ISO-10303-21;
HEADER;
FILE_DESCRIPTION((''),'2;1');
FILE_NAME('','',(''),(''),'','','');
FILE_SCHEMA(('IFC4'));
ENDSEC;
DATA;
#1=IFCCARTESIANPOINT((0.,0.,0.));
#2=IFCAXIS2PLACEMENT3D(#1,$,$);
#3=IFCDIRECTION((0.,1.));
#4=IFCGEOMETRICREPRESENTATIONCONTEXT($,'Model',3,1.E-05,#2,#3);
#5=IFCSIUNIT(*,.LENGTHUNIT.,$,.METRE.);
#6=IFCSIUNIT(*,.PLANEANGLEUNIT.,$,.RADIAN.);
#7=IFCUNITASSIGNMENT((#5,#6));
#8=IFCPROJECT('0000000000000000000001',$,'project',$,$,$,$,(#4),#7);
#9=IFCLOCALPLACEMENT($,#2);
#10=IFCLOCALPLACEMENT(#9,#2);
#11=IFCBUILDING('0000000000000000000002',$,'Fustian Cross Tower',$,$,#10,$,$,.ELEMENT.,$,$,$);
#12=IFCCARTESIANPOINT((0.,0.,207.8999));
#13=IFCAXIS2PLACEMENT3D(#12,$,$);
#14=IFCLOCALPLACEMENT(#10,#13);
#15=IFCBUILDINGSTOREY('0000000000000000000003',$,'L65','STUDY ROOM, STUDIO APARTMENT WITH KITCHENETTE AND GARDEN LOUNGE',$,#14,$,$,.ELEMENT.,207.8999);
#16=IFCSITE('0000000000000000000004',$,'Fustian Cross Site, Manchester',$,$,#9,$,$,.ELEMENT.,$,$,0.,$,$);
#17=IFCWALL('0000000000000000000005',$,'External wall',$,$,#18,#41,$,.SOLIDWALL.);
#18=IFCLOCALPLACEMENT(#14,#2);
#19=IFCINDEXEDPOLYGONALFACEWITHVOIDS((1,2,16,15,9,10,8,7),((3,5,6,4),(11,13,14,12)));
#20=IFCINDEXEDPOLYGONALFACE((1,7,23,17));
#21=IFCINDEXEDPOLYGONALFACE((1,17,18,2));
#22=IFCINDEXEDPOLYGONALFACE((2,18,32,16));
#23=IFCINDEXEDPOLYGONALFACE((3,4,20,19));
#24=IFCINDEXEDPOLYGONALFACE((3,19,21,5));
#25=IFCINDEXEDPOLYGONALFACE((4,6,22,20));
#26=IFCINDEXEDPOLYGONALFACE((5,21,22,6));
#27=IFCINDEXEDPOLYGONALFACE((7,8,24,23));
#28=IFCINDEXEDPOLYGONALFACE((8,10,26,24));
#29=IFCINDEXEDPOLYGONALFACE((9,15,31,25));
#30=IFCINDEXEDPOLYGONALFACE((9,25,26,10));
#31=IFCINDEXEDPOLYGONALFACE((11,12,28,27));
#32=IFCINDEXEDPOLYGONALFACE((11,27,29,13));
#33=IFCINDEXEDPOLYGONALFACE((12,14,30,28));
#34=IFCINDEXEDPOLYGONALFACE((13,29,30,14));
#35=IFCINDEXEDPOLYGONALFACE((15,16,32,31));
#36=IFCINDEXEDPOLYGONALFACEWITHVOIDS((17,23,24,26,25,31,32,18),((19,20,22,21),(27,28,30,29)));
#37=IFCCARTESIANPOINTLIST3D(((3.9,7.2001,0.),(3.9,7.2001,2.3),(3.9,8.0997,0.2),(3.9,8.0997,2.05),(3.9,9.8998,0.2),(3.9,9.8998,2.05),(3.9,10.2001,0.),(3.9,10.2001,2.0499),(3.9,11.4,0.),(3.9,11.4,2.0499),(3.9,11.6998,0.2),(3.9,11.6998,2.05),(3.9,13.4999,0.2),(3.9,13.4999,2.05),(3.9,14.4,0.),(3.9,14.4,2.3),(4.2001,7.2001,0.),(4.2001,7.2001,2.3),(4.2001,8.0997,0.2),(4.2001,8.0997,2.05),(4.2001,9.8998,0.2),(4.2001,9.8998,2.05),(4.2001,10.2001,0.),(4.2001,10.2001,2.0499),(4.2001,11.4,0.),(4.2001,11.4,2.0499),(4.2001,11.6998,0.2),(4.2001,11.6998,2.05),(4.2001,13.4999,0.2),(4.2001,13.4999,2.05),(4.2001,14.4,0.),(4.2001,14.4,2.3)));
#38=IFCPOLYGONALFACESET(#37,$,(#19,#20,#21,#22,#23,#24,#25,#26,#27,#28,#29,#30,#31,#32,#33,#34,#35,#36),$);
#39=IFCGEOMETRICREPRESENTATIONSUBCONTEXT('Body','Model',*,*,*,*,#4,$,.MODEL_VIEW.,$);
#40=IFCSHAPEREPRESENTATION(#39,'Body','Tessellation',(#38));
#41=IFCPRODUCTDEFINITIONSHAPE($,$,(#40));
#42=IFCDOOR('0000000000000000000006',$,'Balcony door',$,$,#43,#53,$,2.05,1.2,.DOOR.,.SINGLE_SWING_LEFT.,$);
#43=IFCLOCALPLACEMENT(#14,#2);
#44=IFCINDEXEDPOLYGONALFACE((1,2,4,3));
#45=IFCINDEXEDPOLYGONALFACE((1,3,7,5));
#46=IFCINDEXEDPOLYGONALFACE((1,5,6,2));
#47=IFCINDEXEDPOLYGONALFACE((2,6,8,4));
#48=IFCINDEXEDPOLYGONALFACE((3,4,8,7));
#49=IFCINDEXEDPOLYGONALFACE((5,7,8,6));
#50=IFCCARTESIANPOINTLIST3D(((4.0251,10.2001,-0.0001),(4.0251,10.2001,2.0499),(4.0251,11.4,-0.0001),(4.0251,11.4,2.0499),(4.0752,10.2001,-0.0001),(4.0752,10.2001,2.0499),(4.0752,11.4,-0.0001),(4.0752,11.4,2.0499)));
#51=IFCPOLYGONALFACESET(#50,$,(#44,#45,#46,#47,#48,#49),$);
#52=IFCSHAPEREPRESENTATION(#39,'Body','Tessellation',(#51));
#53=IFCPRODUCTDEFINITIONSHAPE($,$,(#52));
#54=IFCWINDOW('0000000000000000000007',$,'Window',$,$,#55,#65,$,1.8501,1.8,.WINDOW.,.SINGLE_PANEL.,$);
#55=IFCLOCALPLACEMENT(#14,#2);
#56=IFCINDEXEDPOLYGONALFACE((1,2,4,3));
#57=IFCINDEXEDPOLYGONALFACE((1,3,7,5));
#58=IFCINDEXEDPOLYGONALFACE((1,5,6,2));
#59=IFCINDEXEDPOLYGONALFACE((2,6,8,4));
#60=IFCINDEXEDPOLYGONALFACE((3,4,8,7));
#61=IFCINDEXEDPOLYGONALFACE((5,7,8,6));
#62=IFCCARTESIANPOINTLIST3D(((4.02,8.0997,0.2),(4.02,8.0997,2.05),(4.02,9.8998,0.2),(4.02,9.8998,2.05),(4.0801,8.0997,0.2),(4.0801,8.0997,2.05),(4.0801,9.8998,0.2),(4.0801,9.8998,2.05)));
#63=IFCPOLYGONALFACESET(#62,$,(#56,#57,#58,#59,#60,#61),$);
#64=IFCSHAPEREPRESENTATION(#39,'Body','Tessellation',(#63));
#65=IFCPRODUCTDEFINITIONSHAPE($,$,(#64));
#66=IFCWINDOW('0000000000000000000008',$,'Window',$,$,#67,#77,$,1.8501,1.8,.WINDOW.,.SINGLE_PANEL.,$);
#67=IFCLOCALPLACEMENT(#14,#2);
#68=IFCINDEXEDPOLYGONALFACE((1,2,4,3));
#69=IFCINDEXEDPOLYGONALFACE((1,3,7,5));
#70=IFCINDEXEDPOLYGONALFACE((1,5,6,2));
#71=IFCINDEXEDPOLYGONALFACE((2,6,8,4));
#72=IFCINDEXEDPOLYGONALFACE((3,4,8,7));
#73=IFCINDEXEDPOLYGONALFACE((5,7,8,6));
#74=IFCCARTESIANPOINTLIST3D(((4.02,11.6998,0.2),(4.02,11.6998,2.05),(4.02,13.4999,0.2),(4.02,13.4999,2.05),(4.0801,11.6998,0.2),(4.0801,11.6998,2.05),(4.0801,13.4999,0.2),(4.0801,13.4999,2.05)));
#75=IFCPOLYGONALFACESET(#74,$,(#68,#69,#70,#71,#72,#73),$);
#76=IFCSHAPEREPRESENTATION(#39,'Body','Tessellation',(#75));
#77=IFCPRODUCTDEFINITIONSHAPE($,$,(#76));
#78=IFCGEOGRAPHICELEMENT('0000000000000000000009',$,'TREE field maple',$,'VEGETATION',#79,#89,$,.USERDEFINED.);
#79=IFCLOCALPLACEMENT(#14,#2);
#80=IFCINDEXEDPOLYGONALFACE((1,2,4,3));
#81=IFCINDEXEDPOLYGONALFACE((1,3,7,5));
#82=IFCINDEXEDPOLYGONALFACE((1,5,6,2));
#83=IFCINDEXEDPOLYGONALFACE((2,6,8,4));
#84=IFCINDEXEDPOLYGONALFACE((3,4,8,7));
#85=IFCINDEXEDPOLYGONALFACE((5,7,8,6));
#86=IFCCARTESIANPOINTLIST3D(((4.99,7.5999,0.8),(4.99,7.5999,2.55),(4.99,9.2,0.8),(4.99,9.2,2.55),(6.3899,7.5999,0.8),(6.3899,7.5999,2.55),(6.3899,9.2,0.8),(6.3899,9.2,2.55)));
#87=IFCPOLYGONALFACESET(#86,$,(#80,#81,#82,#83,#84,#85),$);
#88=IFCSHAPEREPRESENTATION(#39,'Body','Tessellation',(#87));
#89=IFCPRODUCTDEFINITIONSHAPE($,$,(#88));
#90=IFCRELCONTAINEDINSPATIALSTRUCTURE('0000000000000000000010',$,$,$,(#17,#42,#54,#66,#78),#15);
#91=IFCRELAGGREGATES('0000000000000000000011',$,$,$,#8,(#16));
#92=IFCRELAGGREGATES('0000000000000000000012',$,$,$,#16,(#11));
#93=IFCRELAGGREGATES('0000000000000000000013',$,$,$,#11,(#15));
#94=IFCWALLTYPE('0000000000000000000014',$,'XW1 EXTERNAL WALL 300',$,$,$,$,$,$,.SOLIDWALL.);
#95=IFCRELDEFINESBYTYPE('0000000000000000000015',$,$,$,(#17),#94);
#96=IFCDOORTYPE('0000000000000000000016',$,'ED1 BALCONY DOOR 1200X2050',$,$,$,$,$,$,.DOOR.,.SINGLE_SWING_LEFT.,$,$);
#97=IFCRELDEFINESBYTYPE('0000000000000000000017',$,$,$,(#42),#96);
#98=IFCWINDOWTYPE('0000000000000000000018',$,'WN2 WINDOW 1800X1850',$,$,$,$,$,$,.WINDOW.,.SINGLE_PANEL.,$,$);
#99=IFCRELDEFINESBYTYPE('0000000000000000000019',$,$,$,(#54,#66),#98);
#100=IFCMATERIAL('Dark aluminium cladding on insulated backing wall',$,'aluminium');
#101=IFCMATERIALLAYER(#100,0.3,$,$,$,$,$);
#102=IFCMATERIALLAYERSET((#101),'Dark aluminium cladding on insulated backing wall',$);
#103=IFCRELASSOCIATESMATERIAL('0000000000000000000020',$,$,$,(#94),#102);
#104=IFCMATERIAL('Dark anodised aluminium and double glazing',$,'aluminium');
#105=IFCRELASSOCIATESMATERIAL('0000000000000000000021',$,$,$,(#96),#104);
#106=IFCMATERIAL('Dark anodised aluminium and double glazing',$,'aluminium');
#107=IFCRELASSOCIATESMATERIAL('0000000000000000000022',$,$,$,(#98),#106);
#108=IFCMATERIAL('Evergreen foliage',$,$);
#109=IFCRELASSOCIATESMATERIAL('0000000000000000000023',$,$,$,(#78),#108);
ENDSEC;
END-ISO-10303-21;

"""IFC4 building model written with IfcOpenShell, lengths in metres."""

from ifc_helpers import new_model, si_unit, direction, frame, frame_2d, origin, origin_2d, place, context, subcontext, project, spatial, rectangle, extrude, material, layer, layer_set, type_object, element, fill, save


model = new_model("IFC4")

# Units and contexts
model_context = context("Model", 3, precision=1e-05, world=origin(), true_north=direction((0.0, 1.0)))
body_context = subcontext(model_context, "Body", "Model", "MODEL_VIEW")
ifc_project = project(units=[si_unit("LENGTHUNIT", "METRE"), si_unit("PLANEANGLEUNIT", "RADIAN")], contexts=[model_context])

# Site, building, storey
site_placement = place(None, origin())
site = spatial("IfcSite", under=ifc_project, at=site_placement, Name="Fustian Cross Site, Manchester", CompositionType="ELEMENT", RefElevation=0.0)
building_placement = place(site_placement, origin())
building = spatial("IfcBuilding", under=site, at=building_placement, Name="Fustian Cross Tower", CompositionType="ELEMENT")
storey_placement = place(building_placement, frame((0.0, 0.0, 207.8999)))
storey = spatial("IfcBuildingStorey", under=building, at=storey_placement, Name="L65", Description="STUDY ROOM, STUDIO APARTMENT WITH KITCHENETTE AND GARDEN LOUNGE", CompositionType="ELEMENT", Elevation=207.8999)

# Wall, openings, door, windows
ifc_material_1 = material(Name="Dark aluminium cladding on insulated backing wall", Category="aluminium")
ifc_layer_1 = layer(ifc_material_1, 0.3)
ifc_layer_set_1 = layer_set([ifc_layer_1], Name="Dark aluminium cladding on insulated backing wall")
wall_type_1 = type_object("IfcWallType", Name="XW1 EXTERNAL WALL 300", PredefinedType="SOLIDWALL", material=ifc_layer_set_1)
wall_1_placement = place(storey_placement, frame((4.05, 7.2, 0.0), z_axis=(0.0, 0.0, 1.0), x_axis=(0.0, 1.0, 0.0)))
wall_1 = element("IfcWall", 1, at=wall_1_placement, inside=storey, type_object=wall_type_1, Name="External wall", PredefinedType="SOLIDWALL", context=body_context, shape_type="SweptSolid", body=[
    extrude(rectangle(XDim=7.2, YDim=0.3, at=frame_2d((3.6001, 0.0))), origin(), (0.0, 0.0, 1.0), 2.3),
])
opening_1_placement = place(wall_1_placement, frame((3.0, 0.0, 0.0)))
opening_1 = element("IfcOpeningElement", 2, at=opening_1_placement, cuts=wall_1, PredefinedType="OPENING", context=body_context, shape_type="SweptSolid", body=[
    extrude(rectangle(XDim=1.2, YDim=2.05, at=frame_2d((0.6001, 1.0249))), frame((0.0, 0.1599, 0.0), z_axis=(0.0, -1.0, 0.0), x_axis=(1.0, 0.0, 0.0)), (0.0, 0.0, 1.0), 0.3201),
])
opening_2_placement = place(wall_1_placement, frame((0.8999, 0.0, 0.2)))
opening_2 = element("IfcOpeningElement", 3, at=opening_2_placement, cuts=wall_1, PredefinedType="OPENING", context=body_context, shape_type="SweptSolid", body=[
    extrude(rectangle(XDim=1.8, YDim=1.8501, at=frame_2d((0.8999, 0.925))), frame((0.0, 0.1599, 0.0), z_axis=(0.0, -1.0, 0.0), x_axis=(1.0, 0.0, 0.0)), (0.0, 0.0, 1.0), 0.3201),
])
opening_3_placement = place(wall_1_placement, frame((4.5, 0.0, 0.2)))
opening_3 = element("IfcOpeningElement", 4, at=opening_3_placement, cuts=wall_1, PredefinedType="OPENING", context=body_context, shape_type="SweptSolid", body=[
    extrude(rectangle(XDim=1.8, YDim=1.8501, at=frame_2d((0.8999, 0.925))), frame((0.0, 0.1599, 0.0), z_axis=(0.0, -1.0, 0.0), x_axis=(1.0, 0.0, 0.0)), (0.0, 0.0, 1.0), 0.3201),
])
ifc_material_2 = material(Name="Dark anodised aluminium and double glazing", Category="aluminium")
door_type_1 = type_object("IfcDoorType", Name="ED1 BALCONY DOOR 1200X2050", OperationType="SINGLE_SWING_LEFT", PredefinedType="DOOR", material=ifc_material_2)
door_1_placement = place(opening_1_placement, origin())
door_1 = element("IfcDoor", 5, at=door_1_placement, inside=storey, type_object=door_type_1, Name="Balcony door", OperationType="SINGLE_SWING_LEFT", OverallHeight=2.05, OverallWidth=1.2, PredefinedType="DOOR", context=body_context, shape_type="SweptSolid", body=[
    extrude(rectangle(XDim=1.2, YDim=2.05, at=frame_2d((0.6001, 1.0249))), frame((0.0, 0.0249, 0.0), z_axis=(0.0, -1.0, 0.0), x_axis=(1.0, 0.0, 0.0)), (0.0, 0.0, 1.0), 0.05),
])
fill(opening_1, door_1)
ifc_material_3 = material(Name="Dark anodised aluminium and double glazing", Category="aluminium")
window_type = type_object("IfcWindowType", Name="WN2 WINDOW 1800X1850", PartitioningType="SINGLE_PANEL", PredefinedType="WINDOW", material=ifc_material_3)
window_1_placement = place(opening_2_placement, origin())
window_1 = element("IfcWindow", 6, at=window_1_placement, inside=storey, type_object=window_type, Name="Window", OverallHeight=1.8501, OverallWidth=1.8, PartitioningType="SINGLE_PANEL", PredefinedType="WINDOW", context=body_context, shape_type="SweptSolid", body=[
    extrude(rectangle(XDim=1.8, YDim=1.8501, at=frame_2d((0.8999, 0.925))), frame((0.0, 0.03, 0.0), z_axis=(0.0, -1.0, 0.0), x_axis=(1.0, 0.0, 0.0)), (0.0, 0.0, 1.0), 0.0601),
])
fill(opening_2, window_1)
window_2_placement = place(opening_3_placement, origin())
window_2 = element("IfcWindow", 7, at=window_2_placement, inside=storey, type_object=window_type, Name="Window", OverallHeight=1.8501, OverallWidth=1.8, PartitioningType="SINGLE_PANEL", PredefinedType="WINDOW", context=body_context, shape_type="SweptSolid", body=[
    extrude(rectangle(XDim=1.8, YDim=1.8501, at=frame_2d((0.8999, 0.925))), frame((0.0, 0.03, 0.0), z_axis=(0.0, -1.0, 0.0), x_axis=(1.0, 0.0, 0.0)), (0.0, 0.0, 1.0), 0.0601),
])
fill(opening_3, window_2)

# Geographic element
ifc_material_4 = material(Name="Evergreen foliage")
geographic_element_placement = place(storey_placement, frame((5.6899, 8.3999, 0.8), z_axis=(0.0, 0.0, 1.0), x_axis=(1.0, 0.0, 0.0)))
element("IfcGeographicElement", 8, at=geographic_element_placement, inside=storey, material=ifc_material_4, Name="TREE field maple", ObjectType="VEGETATION", PredefinedType="USERDEFINED", context=body_context, shape_type="SweptSolid", body=[
    extrude(rectangle(XDim=1.3999, YDim=1.6001, at=origin_2d()), origin(), (0.0, 0.0, 1.0), 1.75),
])

save(model, "model.ifc")
